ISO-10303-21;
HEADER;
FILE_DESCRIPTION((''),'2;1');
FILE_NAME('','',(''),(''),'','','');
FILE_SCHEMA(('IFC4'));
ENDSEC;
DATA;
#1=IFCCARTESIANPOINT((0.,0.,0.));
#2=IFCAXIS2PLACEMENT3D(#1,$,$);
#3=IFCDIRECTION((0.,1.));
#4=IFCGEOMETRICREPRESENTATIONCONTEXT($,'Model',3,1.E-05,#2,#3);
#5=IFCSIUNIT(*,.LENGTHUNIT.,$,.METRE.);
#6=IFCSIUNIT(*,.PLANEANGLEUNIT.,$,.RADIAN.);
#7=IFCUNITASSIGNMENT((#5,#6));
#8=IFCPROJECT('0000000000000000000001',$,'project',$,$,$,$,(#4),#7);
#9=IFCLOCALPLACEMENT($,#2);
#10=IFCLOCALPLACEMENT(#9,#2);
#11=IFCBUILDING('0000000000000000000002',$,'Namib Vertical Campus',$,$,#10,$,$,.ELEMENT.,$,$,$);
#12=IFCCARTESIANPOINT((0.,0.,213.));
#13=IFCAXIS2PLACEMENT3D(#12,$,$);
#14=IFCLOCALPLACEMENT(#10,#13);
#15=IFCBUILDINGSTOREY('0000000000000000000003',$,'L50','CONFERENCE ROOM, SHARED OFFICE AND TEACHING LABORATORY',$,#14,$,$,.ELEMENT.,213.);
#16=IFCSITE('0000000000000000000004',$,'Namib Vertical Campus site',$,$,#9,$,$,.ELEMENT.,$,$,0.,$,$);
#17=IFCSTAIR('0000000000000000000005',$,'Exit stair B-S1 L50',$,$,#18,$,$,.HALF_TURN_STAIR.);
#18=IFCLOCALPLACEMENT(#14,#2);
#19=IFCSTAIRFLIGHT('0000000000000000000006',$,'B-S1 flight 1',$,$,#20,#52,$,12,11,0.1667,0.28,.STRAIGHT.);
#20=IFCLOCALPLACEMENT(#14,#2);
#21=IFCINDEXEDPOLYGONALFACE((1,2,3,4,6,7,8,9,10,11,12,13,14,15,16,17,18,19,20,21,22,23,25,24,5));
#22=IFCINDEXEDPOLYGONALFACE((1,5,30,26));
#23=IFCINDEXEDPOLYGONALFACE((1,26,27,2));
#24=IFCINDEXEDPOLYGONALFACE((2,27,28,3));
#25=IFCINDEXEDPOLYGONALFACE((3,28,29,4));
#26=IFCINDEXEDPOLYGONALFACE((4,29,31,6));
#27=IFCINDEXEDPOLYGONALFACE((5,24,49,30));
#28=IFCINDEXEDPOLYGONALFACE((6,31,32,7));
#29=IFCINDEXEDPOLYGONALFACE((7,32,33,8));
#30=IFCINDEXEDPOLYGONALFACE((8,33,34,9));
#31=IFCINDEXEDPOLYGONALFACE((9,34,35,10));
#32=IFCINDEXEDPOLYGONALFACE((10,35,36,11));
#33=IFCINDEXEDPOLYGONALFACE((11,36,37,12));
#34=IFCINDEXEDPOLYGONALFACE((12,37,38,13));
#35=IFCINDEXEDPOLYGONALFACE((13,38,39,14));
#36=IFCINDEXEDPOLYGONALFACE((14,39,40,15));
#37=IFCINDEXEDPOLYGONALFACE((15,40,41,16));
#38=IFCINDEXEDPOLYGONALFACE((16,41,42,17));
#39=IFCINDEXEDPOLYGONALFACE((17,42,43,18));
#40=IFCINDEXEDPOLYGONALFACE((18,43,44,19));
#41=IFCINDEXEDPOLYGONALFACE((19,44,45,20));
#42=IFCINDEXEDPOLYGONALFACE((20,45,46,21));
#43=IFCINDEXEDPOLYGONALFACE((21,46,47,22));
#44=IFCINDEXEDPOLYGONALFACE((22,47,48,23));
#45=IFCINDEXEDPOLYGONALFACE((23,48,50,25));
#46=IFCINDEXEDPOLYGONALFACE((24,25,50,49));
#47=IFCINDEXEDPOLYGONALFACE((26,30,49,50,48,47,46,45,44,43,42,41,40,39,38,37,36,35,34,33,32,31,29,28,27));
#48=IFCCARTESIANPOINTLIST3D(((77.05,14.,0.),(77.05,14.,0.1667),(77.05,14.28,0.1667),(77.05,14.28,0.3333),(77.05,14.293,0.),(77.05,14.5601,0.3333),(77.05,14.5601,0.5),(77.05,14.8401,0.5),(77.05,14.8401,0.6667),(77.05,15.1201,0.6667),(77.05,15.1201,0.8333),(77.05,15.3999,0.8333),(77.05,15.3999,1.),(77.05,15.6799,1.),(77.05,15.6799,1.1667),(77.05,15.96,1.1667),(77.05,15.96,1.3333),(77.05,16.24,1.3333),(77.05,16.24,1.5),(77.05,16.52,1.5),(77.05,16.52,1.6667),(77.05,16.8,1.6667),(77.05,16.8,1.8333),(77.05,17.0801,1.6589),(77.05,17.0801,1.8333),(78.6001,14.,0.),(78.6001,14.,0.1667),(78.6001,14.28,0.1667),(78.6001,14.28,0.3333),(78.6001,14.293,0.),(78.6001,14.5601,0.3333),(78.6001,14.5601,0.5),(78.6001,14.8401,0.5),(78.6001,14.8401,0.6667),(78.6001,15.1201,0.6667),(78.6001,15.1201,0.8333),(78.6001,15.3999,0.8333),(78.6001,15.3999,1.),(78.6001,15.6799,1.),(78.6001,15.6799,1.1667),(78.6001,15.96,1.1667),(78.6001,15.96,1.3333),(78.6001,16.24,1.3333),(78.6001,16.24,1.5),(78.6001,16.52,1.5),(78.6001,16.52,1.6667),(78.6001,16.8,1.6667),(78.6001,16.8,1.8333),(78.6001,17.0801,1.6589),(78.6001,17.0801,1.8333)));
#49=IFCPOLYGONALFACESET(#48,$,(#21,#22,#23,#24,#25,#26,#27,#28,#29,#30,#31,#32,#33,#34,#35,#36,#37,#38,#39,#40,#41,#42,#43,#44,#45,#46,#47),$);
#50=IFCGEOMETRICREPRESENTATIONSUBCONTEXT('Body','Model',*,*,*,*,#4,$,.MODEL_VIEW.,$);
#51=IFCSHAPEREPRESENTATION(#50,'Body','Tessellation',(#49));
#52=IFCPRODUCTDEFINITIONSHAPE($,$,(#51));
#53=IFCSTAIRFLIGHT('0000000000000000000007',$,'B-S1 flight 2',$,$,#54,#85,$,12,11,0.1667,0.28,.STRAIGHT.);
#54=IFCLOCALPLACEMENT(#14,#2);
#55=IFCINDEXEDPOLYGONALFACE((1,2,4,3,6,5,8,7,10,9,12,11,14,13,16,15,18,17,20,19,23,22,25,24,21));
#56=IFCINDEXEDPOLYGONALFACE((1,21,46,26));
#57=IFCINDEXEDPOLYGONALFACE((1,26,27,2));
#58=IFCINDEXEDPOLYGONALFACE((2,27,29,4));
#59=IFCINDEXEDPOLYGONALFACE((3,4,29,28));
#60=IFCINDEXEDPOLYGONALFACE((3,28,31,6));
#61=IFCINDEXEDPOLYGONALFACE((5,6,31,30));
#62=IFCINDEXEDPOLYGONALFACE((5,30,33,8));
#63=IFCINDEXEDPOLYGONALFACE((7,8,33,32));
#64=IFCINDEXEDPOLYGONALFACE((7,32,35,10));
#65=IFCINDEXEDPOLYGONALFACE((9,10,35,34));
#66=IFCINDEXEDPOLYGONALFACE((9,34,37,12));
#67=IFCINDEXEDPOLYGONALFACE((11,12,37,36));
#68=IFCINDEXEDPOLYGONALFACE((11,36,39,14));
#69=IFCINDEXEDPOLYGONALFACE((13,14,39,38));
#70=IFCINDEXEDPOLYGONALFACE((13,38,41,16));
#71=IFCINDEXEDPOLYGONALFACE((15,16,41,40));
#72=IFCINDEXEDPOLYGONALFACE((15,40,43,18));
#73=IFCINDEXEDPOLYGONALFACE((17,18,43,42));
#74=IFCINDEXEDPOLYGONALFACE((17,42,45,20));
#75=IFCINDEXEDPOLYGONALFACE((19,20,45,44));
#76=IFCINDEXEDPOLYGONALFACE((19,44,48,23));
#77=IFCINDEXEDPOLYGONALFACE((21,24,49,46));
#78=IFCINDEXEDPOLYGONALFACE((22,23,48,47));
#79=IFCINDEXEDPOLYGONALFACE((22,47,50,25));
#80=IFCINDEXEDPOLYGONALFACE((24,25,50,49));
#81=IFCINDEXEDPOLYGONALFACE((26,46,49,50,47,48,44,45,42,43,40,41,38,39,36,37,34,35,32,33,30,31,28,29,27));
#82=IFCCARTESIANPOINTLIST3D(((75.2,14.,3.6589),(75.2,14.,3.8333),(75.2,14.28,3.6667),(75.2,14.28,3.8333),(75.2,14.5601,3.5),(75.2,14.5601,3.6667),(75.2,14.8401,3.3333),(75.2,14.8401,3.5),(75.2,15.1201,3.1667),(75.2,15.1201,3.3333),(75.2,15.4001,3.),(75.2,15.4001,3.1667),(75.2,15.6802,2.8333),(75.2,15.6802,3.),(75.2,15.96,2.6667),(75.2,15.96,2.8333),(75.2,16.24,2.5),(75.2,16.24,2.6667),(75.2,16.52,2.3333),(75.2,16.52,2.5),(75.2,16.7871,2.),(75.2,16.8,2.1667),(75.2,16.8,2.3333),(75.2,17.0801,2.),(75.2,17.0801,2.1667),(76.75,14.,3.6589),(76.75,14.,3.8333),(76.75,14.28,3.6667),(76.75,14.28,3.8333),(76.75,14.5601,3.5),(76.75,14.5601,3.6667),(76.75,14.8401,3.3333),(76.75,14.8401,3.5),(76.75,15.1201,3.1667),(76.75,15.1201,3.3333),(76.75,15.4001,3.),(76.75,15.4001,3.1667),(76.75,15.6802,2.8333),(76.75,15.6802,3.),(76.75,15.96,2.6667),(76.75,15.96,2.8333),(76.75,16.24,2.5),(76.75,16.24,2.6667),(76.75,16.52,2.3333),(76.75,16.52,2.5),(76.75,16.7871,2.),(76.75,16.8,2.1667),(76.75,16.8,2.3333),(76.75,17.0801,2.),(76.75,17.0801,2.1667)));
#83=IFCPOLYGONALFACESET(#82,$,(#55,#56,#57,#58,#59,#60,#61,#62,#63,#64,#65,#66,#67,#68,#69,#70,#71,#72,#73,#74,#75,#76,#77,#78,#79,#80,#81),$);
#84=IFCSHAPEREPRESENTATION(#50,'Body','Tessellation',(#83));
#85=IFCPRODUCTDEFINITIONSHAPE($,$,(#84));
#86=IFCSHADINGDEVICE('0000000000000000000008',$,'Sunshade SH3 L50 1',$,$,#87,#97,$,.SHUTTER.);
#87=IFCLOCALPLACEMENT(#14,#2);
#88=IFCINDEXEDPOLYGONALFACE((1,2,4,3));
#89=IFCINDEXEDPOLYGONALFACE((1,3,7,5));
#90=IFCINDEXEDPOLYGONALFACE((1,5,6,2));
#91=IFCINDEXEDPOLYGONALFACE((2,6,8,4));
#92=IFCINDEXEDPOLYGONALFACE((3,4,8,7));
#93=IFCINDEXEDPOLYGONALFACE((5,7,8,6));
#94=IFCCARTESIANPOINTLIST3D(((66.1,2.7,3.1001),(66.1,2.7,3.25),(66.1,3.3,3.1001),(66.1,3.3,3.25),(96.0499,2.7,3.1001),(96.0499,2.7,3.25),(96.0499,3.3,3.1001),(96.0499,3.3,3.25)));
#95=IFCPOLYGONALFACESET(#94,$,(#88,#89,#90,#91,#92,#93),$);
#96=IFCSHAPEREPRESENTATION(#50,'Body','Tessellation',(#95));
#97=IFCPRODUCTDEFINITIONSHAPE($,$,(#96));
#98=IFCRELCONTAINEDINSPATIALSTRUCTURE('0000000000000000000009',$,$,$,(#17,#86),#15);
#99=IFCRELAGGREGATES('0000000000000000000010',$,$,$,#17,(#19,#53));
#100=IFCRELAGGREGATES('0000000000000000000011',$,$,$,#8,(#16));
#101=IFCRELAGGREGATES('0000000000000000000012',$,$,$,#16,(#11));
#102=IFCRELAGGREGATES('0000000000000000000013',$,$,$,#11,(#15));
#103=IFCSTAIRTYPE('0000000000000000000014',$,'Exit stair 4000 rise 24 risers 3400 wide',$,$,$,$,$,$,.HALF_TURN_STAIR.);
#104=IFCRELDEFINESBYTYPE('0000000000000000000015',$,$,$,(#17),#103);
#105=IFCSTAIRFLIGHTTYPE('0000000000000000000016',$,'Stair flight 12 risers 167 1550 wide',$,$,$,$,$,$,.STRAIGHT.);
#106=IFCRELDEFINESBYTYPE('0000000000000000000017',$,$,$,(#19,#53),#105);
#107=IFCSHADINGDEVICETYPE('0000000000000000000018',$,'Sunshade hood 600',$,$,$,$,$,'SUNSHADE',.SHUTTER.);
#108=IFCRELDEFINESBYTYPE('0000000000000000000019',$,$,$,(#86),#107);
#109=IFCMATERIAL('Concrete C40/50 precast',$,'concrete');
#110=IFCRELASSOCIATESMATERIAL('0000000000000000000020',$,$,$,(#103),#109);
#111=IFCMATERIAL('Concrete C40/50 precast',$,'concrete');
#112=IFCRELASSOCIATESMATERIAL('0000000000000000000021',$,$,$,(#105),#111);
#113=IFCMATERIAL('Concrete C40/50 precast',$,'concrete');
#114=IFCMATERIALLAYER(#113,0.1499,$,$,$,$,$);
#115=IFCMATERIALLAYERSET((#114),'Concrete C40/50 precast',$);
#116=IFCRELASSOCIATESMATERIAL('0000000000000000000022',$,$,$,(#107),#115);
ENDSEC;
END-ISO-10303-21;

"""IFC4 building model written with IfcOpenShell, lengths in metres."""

from ifc_helpers import new_model, si_unit, direction, frame, origin, origin_2d, place, context, subcontext, project, spatial, polyline, rectangle, outline, extrude, material, layer, layer_set, type_object, element, aggregate, save


model = new_model("IFC4")

# Units and contexts
model_context = context("Model", 3, precision=1e-05, world=origin(), true_north=direction((0.0, 1.0)))
body_context = subcontext(model_context, "Body", "Model", "MODEL_VIEW")
ifc_project = project(units=[si_unit("LENGTHUNIT", "METRE"), si_unit("PLANEANGLEUNIT", "RADIAN")], contexts=[model_context])

# Site, building, storey
site_placement = place(None, origin())
site = spatial("IfcSite", under=ifc_project, at=site_placement, Name="Namib Vertical Campus site", CompositionType="ELEMENT", RefElevation=0.0)
building_placement = place(site_placement, origin())
building = spatial("IfcBuilding", under=site, at=building_placement, Name="Namib Vertical Campus", CompositionType="ELEMENT")
storey_placement = place(building_placement, frame((0.0, 0.0, 213.0)))
storey = spatial("IfcBuildingStorey", under=building, at=storey_placement, Name="L50", Description="CONFERENCE ROOM, SHARED OFFICE AND TEACHING LABORATORY", CompositionType="ELEMENT", Elevation=213.0)

# Stair, stair flights
ifc_material_1 = material(Name="Concrete C40/50 precast", Category="concrete")
stair_type = type_object("IfcStairType", Name="Exit stair 4000 rise 24 risers 3400 wide", PredefinedType="HALF_TURN_STAIR", material=ifc_material_1)
stair_placement = place(storey_placement, origin())
stair = element("IfcStair", 1, at=stair_placement, inside=storey, type_object=stair_type, Name="Exit stair B-S1 L50", PredefinedType="HALF_TURN_STAIR")
ifc_material_2 = material(Name="Concrete C40/50 precast", Category="concrete")
stair_flight_type = type_object("IfcStairFlightType", Name="Stair flight 12 risers 167 1550 wide", PredefinedType="STRAIGHT", material=ifc_material_2)
stair_flight_1_placement = place(storey_placement, frame((77.825, 14.0, 0.0), z_axis=(0.0, 0.0, 1.0), x_axis=(0.0, 1.0, 0.0)))
stair_flight_1 = element("IfcStairFlight", 2, at=stair_flight_1_placement, type_object=stair_flight_type, Name="B-S1 flight 1", NumberOfRisers=12, NumberOfTreads=11, PredefinedType="STRAIGHT", RiserHeight=0.1667, TreadLength=0.28, context=body_context, shape_type="SweptSolid", body=[
    extrude(outline(polyline([(0.0, 0.0), (0.0, 0.1667), (0.28, 0.1667), (0.28, 0.3333), (0.5601, 0.3333), (0.5601, 0.5), (0.8401, 0.5), (0.8401, 0.6667), (1.1201, 0.6667), (1.1201, 0.8333), (1.3999, 0.8333), (1.3999, 1.0), (1.6799, 1.0), (1.6799, 1.1667), (1.96, 1.1667), (1.96, 1.3333), (2.24, 1.3333), (2.24, 1.5), (2.52, 1.5), (2.52, 1.6667), (2.8, 1.6667), (2.8, 1.8333), (3.0801, 1.8333), (3.0801, 2.0), (3.0801, 1.6589), (0.293, 0.0), (0.0, 0.0)])), frame((0.0, 0.7749, 0.0), z_axis=(0.0, -1.0, 0.0), x_axis=(1.0, 0.0, 0.0)), (0.0, 0.0, 1.0), 1.55),
])
stair_flight_2_placement = place(storey_placement, frame((75.9751, 17.0801, 2.0), z_axis=(0.0, 0.0, 1.0), x_axis=(0.0, -1.0, 0.0)))
stair_flight_2 = element("IfcStairFlight", 3, at=stair_flight_2_placement, type_object=stair_flight_type, Name="B-S1 flight 2", NumberOfRisers=12, NumberOfTreads=11, PredefinedType="STRAIGHT", RiserHeight=0.1667, TreadLength=0.28, context=body_context, shape_type="SweptSolid", body=[
    extrude(outline(polyline([(0.0, 0.0), (0.0, 0.1667), (0.28, 0.1667), (0.28, 0.3333), (0.5601, 0.3333), (0.5601, 0.5), (0.8401, 0.5), (0.8401, 0.6667), (1.1201, 0.6667), (1.1201, 0.8333), (1.3999, 0.8333), (1.3999, 1.0), (1.6799, 1.0), (1.6799, 1.1667), (1.96, 1.1667), (1.96, 1.3333), (2.24, 1.3333), (2.24, 1.5), (2.52, 1.5), (2.52, 1.6667), (2.8, 1.6667), (2.8, 1.8333), (3.0801, 1.8333), (3.0801, 2.0), (3.0801, 1.6589), (0.293, 0.0), (0.0, 0.0)])), frame((0.0, 0.7749, 0.0), z_axis=(0.0, -1.0, 0.0), x_axis=(1.0, 0.0, 0.0)), (0.0, 0.0, 1.0), 1.55),
])
aggregate(stair, [stair_flight_1, stair_flight_2])

# Shading device
ifc_material_3 = material(Name="Concrete C40/50 precast", Category="concrete")
ifc_layer_1 = layer(ifc_material_3, 0.1499)
ifc_layer_set_1 = layer_set([ifc_layer_1], Name="Concrete C40/50 precast")
shading_device_type = type_object("IfcShadingDeviceType", Name="Sunshade hood 600", ElementType="SUNSHADE", PredefinedType="SHUTTER", material=ifc_layer_set_1)
shading_device_placement = place(storey_placement, frame((81.075, 3.0, 3.1001), z_axis=(0.0, 0.0, 1.0), x_axis=(1.0, 0.0, 0.0)))
element("IfcShadingDevice", 4, at=shading_device_placement, inside=storey, type_object=shading_device_type, Name="Sunshade SH3 L50 1", PredefinedType="SHUTTER", context=body_context, shape_type="SweptSolid", body=[
    extrude(rectangle(XDim=29.95, YDim=0.6001, at=origin_2d()), origin(), (0.0, 0.0, 1.0), 0.1499),
])

save(model, "model.ifc")
